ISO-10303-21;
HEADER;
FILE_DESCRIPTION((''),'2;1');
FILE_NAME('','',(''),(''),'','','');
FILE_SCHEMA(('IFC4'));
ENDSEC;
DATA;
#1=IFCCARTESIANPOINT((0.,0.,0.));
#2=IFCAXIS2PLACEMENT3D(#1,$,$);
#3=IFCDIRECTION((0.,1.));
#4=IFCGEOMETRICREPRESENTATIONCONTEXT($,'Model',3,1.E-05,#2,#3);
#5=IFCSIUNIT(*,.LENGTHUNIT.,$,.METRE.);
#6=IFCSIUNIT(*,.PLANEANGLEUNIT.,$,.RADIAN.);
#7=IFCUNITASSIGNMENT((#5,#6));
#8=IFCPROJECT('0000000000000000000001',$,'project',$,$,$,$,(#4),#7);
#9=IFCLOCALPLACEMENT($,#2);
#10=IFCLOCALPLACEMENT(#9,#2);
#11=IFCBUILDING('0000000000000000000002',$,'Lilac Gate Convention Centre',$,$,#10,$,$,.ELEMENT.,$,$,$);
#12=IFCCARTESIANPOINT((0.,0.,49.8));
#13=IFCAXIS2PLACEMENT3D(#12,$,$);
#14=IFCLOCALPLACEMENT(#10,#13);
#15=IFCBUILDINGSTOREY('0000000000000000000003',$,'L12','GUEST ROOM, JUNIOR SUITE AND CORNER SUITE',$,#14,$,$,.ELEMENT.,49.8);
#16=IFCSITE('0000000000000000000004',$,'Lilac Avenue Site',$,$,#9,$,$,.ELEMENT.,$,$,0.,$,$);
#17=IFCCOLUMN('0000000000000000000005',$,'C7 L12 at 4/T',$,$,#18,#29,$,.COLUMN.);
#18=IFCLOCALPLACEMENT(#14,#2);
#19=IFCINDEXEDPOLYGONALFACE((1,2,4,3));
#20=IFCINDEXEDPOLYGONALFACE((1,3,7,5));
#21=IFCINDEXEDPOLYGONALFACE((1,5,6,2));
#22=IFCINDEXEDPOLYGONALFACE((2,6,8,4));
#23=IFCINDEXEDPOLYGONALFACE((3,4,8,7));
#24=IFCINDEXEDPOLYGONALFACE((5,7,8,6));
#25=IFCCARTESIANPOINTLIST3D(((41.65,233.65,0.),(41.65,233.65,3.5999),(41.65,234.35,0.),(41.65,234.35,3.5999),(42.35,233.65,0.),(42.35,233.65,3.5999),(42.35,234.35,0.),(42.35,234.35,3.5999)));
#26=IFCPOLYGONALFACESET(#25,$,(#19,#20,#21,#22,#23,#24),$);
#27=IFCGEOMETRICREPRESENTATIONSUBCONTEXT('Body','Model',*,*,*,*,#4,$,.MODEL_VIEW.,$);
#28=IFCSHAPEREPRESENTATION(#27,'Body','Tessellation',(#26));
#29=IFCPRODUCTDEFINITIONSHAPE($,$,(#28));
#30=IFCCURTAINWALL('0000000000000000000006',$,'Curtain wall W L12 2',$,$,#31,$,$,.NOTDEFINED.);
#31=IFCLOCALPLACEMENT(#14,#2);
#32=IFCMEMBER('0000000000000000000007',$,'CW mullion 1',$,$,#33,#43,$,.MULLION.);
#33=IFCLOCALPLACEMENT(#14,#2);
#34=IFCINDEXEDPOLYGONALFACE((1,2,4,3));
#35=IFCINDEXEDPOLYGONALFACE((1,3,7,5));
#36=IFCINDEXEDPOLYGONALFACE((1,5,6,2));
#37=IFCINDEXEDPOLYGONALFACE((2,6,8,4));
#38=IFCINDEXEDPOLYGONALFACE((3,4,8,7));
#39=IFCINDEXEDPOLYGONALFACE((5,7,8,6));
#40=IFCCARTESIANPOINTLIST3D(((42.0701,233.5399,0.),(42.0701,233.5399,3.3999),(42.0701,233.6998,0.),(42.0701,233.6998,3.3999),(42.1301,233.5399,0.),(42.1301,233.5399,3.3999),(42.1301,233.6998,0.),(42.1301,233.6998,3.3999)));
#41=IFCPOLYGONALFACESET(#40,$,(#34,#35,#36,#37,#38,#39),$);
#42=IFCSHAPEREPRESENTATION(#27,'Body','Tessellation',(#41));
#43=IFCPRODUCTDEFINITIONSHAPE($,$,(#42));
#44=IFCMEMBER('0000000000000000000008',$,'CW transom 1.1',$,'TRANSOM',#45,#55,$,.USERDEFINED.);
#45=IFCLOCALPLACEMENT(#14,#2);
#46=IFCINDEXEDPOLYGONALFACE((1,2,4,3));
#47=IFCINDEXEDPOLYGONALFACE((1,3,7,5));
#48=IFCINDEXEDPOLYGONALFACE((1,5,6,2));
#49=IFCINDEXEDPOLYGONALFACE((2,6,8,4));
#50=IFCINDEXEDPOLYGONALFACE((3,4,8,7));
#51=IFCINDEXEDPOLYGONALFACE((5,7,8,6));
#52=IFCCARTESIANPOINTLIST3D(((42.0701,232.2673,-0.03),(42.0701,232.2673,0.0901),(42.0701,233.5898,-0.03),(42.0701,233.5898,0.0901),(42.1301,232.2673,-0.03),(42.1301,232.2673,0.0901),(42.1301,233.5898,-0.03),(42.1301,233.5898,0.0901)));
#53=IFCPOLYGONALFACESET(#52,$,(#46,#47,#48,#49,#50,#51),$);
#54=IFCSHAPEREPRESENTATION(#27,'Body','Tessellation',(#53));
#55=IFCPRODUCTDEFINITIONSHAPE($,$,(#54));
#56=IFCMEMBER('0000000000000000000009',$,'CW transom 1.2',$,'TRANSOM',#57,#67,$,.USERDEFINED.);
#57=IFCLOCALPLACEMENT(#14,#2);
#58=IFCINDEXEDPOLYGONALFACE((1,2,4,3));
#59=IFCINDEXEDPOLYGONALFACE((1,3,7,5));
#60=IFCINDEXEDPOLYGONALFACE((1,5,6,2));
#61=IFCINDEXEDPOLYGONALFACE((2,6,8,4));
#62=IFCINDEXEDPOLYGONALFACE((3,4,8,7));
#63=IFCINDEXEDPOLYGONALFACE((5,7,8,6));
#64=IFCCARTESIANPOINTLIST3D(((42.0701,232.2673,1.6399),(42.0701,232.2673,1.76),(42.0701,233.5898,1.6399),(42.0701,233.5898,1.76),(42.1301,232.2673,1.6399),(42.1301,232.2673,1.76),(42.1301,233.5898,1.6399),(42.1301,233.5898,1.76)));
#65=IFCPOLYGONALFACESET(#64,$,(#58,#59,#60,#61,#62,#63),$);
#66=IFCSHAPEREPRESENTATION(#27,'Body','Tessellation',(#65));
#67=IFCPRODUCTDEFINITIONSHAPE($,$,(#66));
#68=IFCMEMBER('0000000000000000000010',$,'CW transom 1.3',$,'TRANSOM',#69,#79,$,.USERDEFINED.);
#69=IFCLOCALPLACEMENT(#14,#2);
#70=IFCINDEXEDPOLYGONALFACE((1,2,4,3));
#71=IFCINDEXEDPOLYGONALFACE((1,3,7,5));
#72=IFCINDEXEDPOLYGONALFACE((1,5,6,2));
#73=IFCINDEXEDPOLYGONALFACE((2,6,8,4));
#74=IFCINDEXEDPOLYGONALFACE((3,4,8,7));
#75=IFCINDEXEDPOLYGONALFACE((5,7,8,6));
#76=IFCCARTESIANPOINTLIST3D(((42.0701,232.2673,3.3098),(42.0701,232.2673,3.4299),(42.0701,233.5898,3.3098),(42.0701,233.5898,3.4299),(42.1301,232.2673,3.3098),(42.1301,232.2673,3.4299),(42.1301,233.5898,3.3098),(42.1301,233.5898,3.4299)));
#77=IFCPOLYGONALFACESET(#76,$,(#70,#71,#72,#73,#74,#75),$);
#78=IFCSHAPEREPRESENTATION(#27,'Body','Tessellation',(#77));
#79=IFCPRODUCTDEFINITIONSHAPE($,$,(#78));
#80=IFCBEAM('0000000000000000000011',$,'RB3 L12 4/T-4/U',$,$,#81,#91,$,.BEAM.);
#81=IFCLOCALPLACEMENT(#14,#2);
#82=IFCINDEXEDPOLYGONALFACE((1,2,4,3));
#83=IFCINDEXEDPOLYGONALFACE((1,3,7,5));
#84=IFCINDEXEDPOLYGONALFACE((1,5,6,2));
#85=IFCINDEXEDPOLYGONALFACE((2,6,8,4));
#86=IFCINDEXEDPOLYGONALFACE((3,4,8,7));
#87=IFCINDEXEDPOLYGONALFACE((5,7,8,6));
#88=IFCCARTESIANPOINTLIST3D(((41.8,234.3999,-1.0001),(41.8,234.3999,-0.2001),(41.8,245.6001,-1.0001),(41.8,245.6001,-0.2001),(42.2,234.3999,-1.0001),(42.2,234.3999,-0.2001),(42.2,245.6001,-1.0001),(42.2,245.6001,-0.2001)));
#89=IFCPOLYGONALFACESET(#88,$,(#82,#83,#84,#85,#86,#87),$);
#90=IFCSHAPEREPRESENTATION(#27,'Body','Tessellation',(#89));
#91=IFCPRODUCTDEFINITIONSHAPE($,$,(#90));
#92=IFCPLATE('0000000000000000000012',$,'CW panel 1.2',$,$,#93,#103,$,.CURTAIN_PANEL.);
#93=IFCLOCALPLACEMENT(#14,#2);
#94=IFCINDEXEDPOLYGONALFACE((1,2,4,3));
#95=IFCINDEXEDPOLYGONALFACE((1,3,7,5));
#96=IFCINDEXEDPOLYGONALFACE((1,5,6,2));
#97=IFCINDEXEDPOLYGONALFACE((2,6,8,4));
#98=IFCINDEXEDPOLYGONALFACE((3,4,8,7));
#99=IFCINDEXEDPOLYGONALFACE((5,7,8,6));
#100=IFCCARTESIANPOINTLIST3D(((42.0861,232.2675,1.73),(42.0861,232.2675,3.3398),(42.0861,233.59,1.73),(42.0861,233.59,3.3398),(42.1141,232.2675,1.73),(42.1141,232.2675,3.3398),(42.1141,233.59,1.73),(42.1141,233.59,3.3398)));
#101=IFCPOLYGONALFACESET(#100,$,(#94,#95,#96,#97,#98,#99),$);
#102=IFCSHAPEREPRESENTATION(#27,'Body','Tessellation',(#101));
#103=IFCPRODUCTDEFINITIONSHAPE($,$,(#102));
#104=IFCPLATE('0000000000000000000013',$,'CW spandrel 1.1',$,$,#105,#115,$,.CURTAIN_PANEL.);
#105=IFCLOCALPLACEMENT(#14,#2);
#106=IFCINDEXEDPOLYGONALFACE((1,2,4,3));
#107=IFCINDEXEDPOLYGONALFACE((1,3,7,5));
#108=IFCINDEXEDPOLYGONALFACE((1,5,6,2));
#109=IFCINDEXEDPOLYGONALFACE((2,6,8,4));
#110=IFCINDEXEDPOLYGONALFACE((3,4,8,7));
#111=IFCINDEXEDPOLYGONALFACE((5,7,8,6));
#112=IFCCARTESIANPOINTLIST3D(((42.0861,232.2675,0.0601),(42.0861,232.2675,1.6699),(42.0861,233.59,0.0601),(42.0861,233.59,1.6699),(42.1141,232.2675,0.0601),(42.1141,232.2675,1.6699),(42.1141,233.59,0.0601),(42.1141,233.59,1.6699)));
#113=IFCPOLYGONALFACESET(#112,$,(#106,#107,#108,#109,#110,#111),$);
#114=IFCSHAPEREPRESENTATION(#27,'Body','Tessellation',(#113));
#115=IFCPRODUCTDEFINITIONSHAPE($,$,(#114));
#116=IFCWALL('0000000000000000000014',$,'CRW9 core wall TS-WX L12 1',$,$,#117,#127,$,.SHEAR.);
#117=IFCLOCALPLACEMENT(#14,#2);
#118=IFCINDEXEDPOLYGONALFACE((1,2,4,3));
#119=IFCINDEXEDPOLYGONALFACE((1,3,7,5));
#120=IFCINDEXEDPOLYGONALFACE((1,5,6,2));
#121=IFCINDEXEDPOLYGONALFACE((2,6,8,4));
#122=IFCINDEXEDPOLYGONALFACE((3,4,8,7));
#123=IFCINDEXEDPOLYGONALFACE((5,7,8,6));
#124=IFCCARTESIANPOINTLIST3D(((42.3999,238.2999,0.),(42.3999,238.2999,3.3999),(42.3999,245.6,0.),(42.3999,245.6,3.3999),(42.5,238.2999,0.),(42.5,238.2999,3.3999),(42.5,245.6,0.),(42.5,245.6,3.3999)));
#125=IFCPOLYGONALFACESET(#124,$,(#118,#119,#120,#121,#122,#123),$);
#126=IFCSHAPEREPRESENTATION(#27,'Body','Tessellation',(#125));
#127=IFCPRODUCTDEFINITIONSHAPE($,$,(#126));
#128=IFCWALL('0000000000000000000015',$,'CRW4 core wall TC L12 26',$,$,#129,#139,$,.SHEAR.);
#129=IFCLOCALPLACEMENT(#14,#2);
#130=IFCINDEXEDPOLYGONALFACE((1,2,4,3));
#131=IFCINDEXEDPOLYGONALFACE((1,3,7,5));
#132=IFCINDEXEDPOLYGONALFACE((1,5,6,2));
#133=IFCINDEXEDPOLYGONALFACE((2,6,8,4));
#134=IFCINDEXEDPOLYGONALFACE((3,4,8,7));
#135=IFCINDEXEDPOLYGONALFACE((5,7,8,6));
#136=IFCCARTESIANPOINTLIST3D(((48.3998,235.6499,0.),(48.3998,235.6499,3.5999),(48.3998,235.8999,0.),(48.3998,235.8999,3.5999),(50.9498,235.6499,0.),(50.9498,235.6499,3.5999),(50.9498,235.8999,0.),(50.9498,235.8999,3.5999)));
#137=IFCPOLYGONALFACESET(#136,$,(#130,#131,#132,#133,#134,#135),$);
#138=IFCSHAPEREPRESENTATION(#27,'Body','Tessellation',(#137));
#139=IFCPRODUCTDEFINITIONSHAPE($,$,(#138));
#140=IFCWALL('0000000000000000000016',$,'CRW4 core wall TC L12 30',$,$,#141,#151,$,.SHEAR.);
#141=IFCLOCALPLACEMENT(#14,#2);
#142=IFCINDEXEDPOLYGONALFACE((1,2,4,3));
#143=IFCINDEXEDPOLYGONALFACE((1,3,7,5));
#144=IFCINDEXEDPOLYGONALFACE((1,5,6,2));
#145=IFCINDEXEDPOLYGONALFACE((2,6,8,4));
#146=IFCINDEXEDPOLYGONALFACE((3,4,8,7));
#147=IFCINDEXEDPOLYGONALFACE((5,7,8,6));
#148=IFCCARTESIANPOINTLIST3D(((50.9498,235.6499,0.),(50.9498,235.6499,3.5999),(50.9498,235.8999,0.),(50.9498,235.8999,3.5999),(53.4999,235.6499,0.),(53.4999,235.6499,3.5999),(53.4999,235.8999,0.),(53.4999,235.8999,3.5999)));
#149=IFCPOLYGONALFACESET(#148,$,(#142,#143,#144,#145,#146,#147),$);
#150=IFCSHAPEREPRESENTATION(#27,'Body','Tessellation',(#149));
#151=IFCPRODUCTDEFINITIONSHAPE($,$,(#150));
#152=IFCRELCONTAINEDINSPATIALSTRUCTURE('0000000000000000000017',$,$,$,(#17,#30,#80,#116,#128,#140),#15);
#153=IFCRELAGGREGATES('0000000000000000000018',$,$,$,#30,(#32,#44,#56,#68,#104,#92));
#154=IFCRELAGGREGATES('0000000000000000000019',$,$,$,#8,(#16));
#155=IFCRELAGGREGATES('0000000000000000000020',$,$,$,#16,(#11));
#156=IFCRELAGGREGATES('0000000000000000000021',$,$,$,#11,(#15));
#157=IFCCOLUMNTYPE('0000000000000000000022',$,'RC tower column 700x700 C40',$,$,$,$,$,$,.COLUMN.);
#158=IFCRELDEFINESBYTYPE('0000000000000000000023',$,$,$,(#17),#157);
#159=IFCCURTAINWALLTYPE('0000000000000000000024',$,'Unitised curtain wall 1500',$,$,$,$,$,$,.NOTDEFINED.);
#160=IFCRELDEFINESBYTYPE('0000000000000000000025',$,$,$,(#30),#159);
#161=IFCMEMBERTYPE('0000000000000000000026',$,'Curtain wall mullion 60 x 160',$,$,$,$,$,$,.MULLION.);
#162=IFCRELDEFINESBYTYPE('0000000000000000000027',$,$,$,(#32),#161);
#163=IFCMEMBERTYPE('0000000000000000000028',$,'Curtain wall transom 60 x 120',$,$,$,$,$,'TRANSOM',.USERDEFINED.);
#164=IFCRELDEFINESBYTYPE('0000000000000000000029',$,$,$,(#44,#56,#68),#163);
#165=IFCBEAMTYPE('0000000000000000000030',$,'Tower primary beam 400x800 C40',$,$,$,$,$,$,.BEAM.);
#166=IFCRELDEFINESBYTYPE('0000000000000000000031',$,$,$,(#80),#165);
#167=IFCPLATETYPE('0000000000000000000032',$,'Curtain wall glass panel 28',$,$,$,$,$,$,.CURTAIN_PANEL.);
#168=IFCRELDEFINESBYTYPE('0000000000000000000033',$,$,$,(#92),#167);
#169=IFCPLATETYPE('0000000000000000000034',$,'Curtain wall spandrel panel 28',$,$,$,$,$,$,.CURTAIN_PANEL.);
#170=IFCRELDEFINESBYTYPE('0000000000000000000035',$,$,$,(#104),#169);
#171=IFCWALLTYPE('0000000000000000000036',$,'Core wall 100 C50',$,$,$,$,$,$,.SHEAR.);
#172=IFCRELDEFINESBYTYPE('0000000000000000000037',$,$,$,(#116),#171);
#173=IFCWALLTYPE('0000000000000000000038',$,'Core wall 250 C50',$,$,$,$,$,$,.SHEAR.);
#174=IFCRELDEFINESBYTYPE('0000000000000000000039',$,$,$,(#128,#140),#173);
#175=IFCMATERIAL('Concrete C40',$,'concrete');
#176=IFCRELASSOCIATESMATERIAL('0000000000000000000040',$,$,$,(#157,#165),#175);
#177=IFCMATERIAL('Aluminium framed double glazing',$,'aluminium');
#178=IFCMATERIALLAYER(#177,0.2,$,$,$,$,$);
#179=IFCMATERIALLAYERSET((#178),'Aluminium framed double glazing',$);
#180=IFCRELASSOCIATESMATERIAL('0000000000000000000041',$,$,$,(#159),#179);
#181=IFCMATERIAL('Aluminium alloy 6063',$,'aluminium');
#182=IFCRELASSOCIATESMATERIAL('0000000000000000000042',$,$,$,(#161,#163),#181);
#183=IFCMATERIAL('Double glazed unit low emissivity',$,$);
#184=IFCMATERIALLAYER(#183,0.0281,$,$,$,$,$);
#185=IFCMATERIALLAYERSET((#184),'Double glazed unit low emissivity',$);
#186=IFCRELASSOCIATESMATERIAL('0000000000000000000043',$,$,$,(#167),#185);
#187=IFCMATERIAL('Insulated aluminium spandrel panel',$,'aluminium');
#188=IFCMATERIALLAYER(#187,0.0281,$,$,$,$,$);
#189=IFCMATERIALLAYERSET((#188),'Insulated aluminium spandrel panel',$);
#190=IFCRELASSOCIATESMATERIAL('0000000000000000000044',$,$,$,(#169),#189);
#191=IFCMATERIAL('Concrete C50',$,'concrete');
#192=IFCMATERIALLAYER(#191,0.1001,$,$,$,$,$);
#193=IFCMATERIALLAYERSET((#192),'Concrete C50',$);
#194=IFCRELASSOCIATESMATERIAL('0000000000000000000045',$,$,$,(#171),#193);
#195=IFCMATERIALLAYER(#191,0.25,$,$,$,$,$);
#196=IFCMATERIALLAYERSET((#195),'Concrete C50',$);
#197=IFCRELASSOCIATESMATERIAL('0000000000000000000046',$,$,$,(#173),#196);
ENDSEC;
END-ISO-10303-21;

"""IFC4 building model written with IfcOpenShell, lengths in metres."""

from ifc_helpers import new_model, si_unit, direction, frame, frame_2d, origin, origin_2d, place, context, subcontext, project, spatial, rectangle, extrude, material, layer, layer_set, material_profile, profile_set, type_object, element, aggregate, save


model = new_model("IFC4")

# Units and contexts
model_context = context("Model", 3, precision=1e-05, world=origin(), true_north=direction((0.0, 1.0)))
body_context = subcontext(model_context, "Body", "Model", "MODEL_VIEW")
ifc_project = project(units=[si_unit("LENGTHUNIT", "METRE"), si_unit("PLANEANGLEUNIT", "RADIAN")], contexts=[model_context])

# Site, building, storey
site_placement = place(None, origin())
site = spatial("IfcSite", under=ifc_project, at=site_placement, Name="Lilac Avenue Site", CompositionType="ELEMENT", RefElevation=0.0)
building_placement = place(site_placement, origin())
building = spatial("IfcBuilding", under=site, at=building_placement, Name="Lilac Gate Convention Centre", CompositionType="ELEMENT")
storey_placement = place(building_placement, frame((0.0, 0.0, 49.8)))
storey = spatial("IfcBuildingStorey", under=building, at=storey_placement, Name="L12", Description="GUEST ROOM, JUNIOR SUITE AND CORNER SUITE", CompositionType="ELEMENT", Elevation=49.8)

# Column
ifc_material_1 = material(Name="Concrete C40", Category="concrete")
ifc_material_profile_1 = material_profile(ifc_material_1, rectangle(XDim=0.7, YDim=0.7, at=origin_2d()), Name="RC 700x700")
ifc_profile_set_1 = profile_set([ifc_material_profile_1], Name="Concrete C40")
column_type = type_object("IfcColumnType", Name="RC tower column 700x700 C40", PredefinedType="COLUMN", material=ifc_profile_set_1)
column_placement = place(storey_placement, frame((42.0, 234.0, 0.0), z_axis=(0.0, 0.0, 1.0), x_axis=(1.0, 0.0, 0.0)))
element("IfcColumn", 1, at=column_placement, inside=storey, type_object=column_type, Name="C7 L12 at 4/T", PredefinedType="COLUMN", context=body_context, shape_type="SweptSolid", body=[
    extrude(rectangle(XDim=0.7, YDim=0.7, at=origin_2d()), origin(), (0.0, 0.0, 1.0), 3.5999),
])

# Curtain wall, members
ifc_material_2 = material(Name="Aluminium framed double glazing", Category="aluminium")
ifc_layer_1 = layer(ifc_material_2, 0.2)
ifc_layer_set_1 = layer_set([ifc_layer_1], Name="Aluminium framed double glazing")
curtain_wall_type = type_object("IfcCurtainWallType", Name="Unitised curtain wall 1500", PredefinedType="NOTDEFINED", material=ifc_layer_set_1)
curtain_wall_placement = place(storey_placement, origin())
curtain_wall = element("IfcCurtainWall", 2, at=curtain_wall_placement, inside=storey, type_object=curtain_wall_type, Name="Curtain wall W L12 2", PredefinedType="NOTDEFINED")
ifc_material_3 = material(Name="Aluminium alloy 6063", Category="aluminium")
ifc_material_profile_2 = material_profile(ifc_material_3, rectangle(XDim=0.0601, YDim=0.1599, at=origin_2d()), Name="Curtain wall mullion 60 x 160")
ifc_profile_set_2 = profile_set([ifc_material_profile_2], Name="Aluminium alloy 6063")
member_type_1 = type_object("IfcMemberType", Name="Curtain wall mullion 60 x 160", PredefinedType="MULLION", material=ifc_profile_set_2)
member_1_placement = place(storey_placement, frame((42.1001, 233.6199, 0.0), z_axis=(0.0, 0.0, 1.0), x_axis=(1.0, 0.0, 0.0)))
member_1 = element("IfcMember", 3, at=member_1_placement, type_object=member_type_1, Name="CW mullion 1", PredefinedType="MULLION", context=body_context, shape_type="SweptSolid", body=[
    extrude(rectangle(XDim=0.0601, YDim=0.1599, at=origin_2d()), origin(), (0.0, 0.0, 1.0), 3.3999),
])
ifc_material_profile_3 = material_profile(ifc_material_3, rectangle(XDim=0.0601, YDim=0.1201, at=origin_2d()), Name="Curtain wall transom 60 x 120")
ifc_profile_set_3 = profile_set([ifc_material_profile_3], Name="Aluminium alloy 6063")
member_type_2 = type_object("IfcMemberType", Name="Curtain wall transom 60 x 120", ElementType="TRANSOM", PredefinedType="USERDEFINED", material=ifc_profile_set_3)
member_2_placement = place(storey_placement, frame((42.1001, 233.5898, 0.03), z_axis=(0.0, -1.0, 0.0), x_axis=(1.0, 0.0, 0.0)))
member_2 = element("IfcMember", 4, at=member_2_placement, type_object=member_type_2, Name="CW transom 1.1", ObjectType="TRANSOM", PredefinedType="USERDEFINED", context=body_context, shape_type="SweptSolid", body=[
    extrude(rectangle(XDim=0.0601, YDim=0.1201, at=origin_2d()), origin(), (0.0, 0.0, 1.0), 1.3225),
])
member_3_placement = place(storey_placement, frame((42.1001, 233.5898, 1.7), z_axis=(0.0, -1.0, 0.0), x_axis=(1.0, 0.0, 0.0)))
member_3 = element("IfcMember", 5, at=member_3_placement, type_object=member_type_2, Name="CW transom 1.2", ObjectType="TRANSOM", PredefinedType="USERDEFINED", context=body_context, shape_type="SweptSolid", body=[
    extrude(rectangle(XDim=0.0601, YDim=0.1201, at=origin_2d()), origin(), (0.0, 0.0, 1.0), 1.3225),
])
member_4_placement = place(storey_placement, frame((42.1001, 233.5898, 3.3699), z_axis=(0.0, -1.0, 0.0), x_axis=(1.0, 0.0, 0.0)))
member_4 = element("IfcMember", 6, at=member_4_placement, type_object=member_type_2, Name="CW transom 1.3", ObjectType="TRANSOM", PredefinedType="USERDEFINED", context=body_context, shape_type="SweptSolid", body=[
    extrude(rectangle(XDim=0.0601, YDim=0.1201, at=origin_2d()), origin(), (0.0, 0.0, 1.0), 1.3225),
])

# Beam
ifc_material_profile_4 = material_profile(ifc_material_1, rectangle(XDim=0.3999, YDim=0.8, at=origin_2d()), Name="RC 400x800")
ifc_profile_set_4 = profile_set([ifc_material_profile_4], Name="Concrete C40")
beam_type = type_object("IfcBeamType", Name="Tower primary beam 400x800 C40", PredefinedType="BEAM", material=ifc_profile_set_4)
beam_placement = place(storey_placement, frame((42.0, 234.3999, -0.6001), z_axis=(0.0, 1.0, 0.0), x_axis=(-1.0, 0.0, 0.0)))
element("IfcBeam", 7, at=beam_placement, inside=storey, type_object=beam_type, Name="RB3 L12 4/T-4/U", PredefinedType="BEAM", context=body_context, shape_type="SweptSolid", body=[
    extrude(rectangle(XDim=0.3999, YDim=0.8, at=origin_2d()), origin(), (0.0, 0.0, 1.0), 11.2002),
])

# Plates
ifc_material_4 = material(Name="Double glazed unit low emissivity")
ifc_layer_2 = layer(ifc_material_4, 0.0281)
ifc_layer_set_2 = layer_set([ifc_layer_2], Name="Double glazed unit low emissivity")
plate_type_1 = type_object("IfcPlateType", Name="Curtain wall glass panel 28", PredefinedType="CURTAIN_PANEL", material=ifc_layer_set_2)
plate_1_placement = place(storey_placement, frame((42.1001, 232.9287, 1.73), z_axis=(0.0, 0.0, 1.0), x_axis=(0.0, -1.0, 0.0)))
plate_1 = element("IfcPlate", 8, at=plate_1_placement, type_object=plate_type_1, Name="CW panel 1.2", PredefinedType="CURTAIN_PANEL", context=body_context, shape_type="SweptSolid", body=[
    extrude(rectangle(XDim=1.3225, YDim=0.0281, at=origin_2d()), origin(), (0.0, 0.0, 1.0), 1.6099),
])
ifc_material_5 = material(Name="Insulated aluminium spandrel panel", Category="aluminium")
ifc_layer_3 = layer(ifc_material_5, 0.0281)
ifc_layer_set_3 = layer_set([ifc_layer_3], Name="Insulated aluminium spandrel panel")
plate_type_2 = type_object("IfcPlateType", Name="Curtain wall spandrel panel 28", PredefinedType="CURTAIN_PANEL", material=ifc_layer_set_3)
plate_2_placement = place(storey_placement, frame((42.1001, 232.9287, 0.0601), z_axis=(0.0, 0.0, 1.0), x_axis=(0.0, -1.0, 0.0)))
plate_2 = element("IfcPlate", 9, at=plate_2_placement, type_object=plate_type_2, Name="CW spandrel 1.1", PredefinedType="CURTAIN_PANEL", context=body_context, shape_type="SweptSolid", body=[
    extrude(rectangle(XDim=1.3225, YDim=0.0281, at=origin_2d()), origin(), (0.0, 0.0, 1.0), 1.6099),
])
aggregate(curtain_wall, [member_1, member_2, member_3, member_4, plate_2, plate_1])

# Walls
ifc_material_6 = material(Name="Concrete C50", Category="concrete")
ifc_layer_4 = layer(ifc_material_6, 0.1001)
ifc_layer_set_4 = layer_set([ifc_layer_4], Name="Concrete C50")
wall_type_1 = type_object("IfcWallType", Name="Core wall 100 C50", PredefinedType="SHEAR", material=ifc_layer_set_4)
wall_1_placement = place(storey_placement, frame((42.45, 238.3, 0.0), z_axis=(0.0, 0.0, 1.0), x_axis=(0.0, 1.0, 0.0)))
element("IfcWall", 10, at=wall_1_placement, inside=storey, type_object=wall_type_1, Name="CRW9 core wall TS-WX L12 1", PredefinedType="SHEAR", context=body_context, shape_type="SweptSolid", body=[
    extrude(rectangle(XDim=7.3, YDim=0.1001, at=frame_2d((3.6499, 0.0))), origin(), (0.0, 0.0, 1.0), 3.3999),
])
ifc_layer_5 = layer(ifc_material_6, 0.25)
ifc_layer_set_5 = layer_set([ifc_layer_5], Name="Concrete C50")
wall_type_2 = type_object("IfcWallType", Name="Core wall 250 C50", PredefinedType="SHEAR", material=ifc_layer_set_5)
for number, where, z_axis, x_axis, name in (
    (11, (48.3999, 235.7749, 0.0), (0.0, 0.0, 1.0), (1.0, 0.0, 0.0), "CRW4 core wall TC L12 26"),
    (12, (50.95, 235.7749, 0.0), (0.0, 0.0, 1.0), (1.0, 0.0, 0.0), "CRW4 core wall TC L12 30"),
):
    element("IfcWall", number, at=place(storey_placement, frame(where, z_axis=z_axis, x_axis=x_axis)), inside=storey, type_object=wall_type_2, Name=name, PredefinedType="SHEAR", context=body_context, shape_type="SweptSolid", body=[
        extrude(rectangle(XDim=2.55, YDim=0.25, at=frame_2d((1.2749, 0.0))), origin(), (0.0, 0.0, 1.0), 3.5999),
    ])

save(model, "model.ifc")
